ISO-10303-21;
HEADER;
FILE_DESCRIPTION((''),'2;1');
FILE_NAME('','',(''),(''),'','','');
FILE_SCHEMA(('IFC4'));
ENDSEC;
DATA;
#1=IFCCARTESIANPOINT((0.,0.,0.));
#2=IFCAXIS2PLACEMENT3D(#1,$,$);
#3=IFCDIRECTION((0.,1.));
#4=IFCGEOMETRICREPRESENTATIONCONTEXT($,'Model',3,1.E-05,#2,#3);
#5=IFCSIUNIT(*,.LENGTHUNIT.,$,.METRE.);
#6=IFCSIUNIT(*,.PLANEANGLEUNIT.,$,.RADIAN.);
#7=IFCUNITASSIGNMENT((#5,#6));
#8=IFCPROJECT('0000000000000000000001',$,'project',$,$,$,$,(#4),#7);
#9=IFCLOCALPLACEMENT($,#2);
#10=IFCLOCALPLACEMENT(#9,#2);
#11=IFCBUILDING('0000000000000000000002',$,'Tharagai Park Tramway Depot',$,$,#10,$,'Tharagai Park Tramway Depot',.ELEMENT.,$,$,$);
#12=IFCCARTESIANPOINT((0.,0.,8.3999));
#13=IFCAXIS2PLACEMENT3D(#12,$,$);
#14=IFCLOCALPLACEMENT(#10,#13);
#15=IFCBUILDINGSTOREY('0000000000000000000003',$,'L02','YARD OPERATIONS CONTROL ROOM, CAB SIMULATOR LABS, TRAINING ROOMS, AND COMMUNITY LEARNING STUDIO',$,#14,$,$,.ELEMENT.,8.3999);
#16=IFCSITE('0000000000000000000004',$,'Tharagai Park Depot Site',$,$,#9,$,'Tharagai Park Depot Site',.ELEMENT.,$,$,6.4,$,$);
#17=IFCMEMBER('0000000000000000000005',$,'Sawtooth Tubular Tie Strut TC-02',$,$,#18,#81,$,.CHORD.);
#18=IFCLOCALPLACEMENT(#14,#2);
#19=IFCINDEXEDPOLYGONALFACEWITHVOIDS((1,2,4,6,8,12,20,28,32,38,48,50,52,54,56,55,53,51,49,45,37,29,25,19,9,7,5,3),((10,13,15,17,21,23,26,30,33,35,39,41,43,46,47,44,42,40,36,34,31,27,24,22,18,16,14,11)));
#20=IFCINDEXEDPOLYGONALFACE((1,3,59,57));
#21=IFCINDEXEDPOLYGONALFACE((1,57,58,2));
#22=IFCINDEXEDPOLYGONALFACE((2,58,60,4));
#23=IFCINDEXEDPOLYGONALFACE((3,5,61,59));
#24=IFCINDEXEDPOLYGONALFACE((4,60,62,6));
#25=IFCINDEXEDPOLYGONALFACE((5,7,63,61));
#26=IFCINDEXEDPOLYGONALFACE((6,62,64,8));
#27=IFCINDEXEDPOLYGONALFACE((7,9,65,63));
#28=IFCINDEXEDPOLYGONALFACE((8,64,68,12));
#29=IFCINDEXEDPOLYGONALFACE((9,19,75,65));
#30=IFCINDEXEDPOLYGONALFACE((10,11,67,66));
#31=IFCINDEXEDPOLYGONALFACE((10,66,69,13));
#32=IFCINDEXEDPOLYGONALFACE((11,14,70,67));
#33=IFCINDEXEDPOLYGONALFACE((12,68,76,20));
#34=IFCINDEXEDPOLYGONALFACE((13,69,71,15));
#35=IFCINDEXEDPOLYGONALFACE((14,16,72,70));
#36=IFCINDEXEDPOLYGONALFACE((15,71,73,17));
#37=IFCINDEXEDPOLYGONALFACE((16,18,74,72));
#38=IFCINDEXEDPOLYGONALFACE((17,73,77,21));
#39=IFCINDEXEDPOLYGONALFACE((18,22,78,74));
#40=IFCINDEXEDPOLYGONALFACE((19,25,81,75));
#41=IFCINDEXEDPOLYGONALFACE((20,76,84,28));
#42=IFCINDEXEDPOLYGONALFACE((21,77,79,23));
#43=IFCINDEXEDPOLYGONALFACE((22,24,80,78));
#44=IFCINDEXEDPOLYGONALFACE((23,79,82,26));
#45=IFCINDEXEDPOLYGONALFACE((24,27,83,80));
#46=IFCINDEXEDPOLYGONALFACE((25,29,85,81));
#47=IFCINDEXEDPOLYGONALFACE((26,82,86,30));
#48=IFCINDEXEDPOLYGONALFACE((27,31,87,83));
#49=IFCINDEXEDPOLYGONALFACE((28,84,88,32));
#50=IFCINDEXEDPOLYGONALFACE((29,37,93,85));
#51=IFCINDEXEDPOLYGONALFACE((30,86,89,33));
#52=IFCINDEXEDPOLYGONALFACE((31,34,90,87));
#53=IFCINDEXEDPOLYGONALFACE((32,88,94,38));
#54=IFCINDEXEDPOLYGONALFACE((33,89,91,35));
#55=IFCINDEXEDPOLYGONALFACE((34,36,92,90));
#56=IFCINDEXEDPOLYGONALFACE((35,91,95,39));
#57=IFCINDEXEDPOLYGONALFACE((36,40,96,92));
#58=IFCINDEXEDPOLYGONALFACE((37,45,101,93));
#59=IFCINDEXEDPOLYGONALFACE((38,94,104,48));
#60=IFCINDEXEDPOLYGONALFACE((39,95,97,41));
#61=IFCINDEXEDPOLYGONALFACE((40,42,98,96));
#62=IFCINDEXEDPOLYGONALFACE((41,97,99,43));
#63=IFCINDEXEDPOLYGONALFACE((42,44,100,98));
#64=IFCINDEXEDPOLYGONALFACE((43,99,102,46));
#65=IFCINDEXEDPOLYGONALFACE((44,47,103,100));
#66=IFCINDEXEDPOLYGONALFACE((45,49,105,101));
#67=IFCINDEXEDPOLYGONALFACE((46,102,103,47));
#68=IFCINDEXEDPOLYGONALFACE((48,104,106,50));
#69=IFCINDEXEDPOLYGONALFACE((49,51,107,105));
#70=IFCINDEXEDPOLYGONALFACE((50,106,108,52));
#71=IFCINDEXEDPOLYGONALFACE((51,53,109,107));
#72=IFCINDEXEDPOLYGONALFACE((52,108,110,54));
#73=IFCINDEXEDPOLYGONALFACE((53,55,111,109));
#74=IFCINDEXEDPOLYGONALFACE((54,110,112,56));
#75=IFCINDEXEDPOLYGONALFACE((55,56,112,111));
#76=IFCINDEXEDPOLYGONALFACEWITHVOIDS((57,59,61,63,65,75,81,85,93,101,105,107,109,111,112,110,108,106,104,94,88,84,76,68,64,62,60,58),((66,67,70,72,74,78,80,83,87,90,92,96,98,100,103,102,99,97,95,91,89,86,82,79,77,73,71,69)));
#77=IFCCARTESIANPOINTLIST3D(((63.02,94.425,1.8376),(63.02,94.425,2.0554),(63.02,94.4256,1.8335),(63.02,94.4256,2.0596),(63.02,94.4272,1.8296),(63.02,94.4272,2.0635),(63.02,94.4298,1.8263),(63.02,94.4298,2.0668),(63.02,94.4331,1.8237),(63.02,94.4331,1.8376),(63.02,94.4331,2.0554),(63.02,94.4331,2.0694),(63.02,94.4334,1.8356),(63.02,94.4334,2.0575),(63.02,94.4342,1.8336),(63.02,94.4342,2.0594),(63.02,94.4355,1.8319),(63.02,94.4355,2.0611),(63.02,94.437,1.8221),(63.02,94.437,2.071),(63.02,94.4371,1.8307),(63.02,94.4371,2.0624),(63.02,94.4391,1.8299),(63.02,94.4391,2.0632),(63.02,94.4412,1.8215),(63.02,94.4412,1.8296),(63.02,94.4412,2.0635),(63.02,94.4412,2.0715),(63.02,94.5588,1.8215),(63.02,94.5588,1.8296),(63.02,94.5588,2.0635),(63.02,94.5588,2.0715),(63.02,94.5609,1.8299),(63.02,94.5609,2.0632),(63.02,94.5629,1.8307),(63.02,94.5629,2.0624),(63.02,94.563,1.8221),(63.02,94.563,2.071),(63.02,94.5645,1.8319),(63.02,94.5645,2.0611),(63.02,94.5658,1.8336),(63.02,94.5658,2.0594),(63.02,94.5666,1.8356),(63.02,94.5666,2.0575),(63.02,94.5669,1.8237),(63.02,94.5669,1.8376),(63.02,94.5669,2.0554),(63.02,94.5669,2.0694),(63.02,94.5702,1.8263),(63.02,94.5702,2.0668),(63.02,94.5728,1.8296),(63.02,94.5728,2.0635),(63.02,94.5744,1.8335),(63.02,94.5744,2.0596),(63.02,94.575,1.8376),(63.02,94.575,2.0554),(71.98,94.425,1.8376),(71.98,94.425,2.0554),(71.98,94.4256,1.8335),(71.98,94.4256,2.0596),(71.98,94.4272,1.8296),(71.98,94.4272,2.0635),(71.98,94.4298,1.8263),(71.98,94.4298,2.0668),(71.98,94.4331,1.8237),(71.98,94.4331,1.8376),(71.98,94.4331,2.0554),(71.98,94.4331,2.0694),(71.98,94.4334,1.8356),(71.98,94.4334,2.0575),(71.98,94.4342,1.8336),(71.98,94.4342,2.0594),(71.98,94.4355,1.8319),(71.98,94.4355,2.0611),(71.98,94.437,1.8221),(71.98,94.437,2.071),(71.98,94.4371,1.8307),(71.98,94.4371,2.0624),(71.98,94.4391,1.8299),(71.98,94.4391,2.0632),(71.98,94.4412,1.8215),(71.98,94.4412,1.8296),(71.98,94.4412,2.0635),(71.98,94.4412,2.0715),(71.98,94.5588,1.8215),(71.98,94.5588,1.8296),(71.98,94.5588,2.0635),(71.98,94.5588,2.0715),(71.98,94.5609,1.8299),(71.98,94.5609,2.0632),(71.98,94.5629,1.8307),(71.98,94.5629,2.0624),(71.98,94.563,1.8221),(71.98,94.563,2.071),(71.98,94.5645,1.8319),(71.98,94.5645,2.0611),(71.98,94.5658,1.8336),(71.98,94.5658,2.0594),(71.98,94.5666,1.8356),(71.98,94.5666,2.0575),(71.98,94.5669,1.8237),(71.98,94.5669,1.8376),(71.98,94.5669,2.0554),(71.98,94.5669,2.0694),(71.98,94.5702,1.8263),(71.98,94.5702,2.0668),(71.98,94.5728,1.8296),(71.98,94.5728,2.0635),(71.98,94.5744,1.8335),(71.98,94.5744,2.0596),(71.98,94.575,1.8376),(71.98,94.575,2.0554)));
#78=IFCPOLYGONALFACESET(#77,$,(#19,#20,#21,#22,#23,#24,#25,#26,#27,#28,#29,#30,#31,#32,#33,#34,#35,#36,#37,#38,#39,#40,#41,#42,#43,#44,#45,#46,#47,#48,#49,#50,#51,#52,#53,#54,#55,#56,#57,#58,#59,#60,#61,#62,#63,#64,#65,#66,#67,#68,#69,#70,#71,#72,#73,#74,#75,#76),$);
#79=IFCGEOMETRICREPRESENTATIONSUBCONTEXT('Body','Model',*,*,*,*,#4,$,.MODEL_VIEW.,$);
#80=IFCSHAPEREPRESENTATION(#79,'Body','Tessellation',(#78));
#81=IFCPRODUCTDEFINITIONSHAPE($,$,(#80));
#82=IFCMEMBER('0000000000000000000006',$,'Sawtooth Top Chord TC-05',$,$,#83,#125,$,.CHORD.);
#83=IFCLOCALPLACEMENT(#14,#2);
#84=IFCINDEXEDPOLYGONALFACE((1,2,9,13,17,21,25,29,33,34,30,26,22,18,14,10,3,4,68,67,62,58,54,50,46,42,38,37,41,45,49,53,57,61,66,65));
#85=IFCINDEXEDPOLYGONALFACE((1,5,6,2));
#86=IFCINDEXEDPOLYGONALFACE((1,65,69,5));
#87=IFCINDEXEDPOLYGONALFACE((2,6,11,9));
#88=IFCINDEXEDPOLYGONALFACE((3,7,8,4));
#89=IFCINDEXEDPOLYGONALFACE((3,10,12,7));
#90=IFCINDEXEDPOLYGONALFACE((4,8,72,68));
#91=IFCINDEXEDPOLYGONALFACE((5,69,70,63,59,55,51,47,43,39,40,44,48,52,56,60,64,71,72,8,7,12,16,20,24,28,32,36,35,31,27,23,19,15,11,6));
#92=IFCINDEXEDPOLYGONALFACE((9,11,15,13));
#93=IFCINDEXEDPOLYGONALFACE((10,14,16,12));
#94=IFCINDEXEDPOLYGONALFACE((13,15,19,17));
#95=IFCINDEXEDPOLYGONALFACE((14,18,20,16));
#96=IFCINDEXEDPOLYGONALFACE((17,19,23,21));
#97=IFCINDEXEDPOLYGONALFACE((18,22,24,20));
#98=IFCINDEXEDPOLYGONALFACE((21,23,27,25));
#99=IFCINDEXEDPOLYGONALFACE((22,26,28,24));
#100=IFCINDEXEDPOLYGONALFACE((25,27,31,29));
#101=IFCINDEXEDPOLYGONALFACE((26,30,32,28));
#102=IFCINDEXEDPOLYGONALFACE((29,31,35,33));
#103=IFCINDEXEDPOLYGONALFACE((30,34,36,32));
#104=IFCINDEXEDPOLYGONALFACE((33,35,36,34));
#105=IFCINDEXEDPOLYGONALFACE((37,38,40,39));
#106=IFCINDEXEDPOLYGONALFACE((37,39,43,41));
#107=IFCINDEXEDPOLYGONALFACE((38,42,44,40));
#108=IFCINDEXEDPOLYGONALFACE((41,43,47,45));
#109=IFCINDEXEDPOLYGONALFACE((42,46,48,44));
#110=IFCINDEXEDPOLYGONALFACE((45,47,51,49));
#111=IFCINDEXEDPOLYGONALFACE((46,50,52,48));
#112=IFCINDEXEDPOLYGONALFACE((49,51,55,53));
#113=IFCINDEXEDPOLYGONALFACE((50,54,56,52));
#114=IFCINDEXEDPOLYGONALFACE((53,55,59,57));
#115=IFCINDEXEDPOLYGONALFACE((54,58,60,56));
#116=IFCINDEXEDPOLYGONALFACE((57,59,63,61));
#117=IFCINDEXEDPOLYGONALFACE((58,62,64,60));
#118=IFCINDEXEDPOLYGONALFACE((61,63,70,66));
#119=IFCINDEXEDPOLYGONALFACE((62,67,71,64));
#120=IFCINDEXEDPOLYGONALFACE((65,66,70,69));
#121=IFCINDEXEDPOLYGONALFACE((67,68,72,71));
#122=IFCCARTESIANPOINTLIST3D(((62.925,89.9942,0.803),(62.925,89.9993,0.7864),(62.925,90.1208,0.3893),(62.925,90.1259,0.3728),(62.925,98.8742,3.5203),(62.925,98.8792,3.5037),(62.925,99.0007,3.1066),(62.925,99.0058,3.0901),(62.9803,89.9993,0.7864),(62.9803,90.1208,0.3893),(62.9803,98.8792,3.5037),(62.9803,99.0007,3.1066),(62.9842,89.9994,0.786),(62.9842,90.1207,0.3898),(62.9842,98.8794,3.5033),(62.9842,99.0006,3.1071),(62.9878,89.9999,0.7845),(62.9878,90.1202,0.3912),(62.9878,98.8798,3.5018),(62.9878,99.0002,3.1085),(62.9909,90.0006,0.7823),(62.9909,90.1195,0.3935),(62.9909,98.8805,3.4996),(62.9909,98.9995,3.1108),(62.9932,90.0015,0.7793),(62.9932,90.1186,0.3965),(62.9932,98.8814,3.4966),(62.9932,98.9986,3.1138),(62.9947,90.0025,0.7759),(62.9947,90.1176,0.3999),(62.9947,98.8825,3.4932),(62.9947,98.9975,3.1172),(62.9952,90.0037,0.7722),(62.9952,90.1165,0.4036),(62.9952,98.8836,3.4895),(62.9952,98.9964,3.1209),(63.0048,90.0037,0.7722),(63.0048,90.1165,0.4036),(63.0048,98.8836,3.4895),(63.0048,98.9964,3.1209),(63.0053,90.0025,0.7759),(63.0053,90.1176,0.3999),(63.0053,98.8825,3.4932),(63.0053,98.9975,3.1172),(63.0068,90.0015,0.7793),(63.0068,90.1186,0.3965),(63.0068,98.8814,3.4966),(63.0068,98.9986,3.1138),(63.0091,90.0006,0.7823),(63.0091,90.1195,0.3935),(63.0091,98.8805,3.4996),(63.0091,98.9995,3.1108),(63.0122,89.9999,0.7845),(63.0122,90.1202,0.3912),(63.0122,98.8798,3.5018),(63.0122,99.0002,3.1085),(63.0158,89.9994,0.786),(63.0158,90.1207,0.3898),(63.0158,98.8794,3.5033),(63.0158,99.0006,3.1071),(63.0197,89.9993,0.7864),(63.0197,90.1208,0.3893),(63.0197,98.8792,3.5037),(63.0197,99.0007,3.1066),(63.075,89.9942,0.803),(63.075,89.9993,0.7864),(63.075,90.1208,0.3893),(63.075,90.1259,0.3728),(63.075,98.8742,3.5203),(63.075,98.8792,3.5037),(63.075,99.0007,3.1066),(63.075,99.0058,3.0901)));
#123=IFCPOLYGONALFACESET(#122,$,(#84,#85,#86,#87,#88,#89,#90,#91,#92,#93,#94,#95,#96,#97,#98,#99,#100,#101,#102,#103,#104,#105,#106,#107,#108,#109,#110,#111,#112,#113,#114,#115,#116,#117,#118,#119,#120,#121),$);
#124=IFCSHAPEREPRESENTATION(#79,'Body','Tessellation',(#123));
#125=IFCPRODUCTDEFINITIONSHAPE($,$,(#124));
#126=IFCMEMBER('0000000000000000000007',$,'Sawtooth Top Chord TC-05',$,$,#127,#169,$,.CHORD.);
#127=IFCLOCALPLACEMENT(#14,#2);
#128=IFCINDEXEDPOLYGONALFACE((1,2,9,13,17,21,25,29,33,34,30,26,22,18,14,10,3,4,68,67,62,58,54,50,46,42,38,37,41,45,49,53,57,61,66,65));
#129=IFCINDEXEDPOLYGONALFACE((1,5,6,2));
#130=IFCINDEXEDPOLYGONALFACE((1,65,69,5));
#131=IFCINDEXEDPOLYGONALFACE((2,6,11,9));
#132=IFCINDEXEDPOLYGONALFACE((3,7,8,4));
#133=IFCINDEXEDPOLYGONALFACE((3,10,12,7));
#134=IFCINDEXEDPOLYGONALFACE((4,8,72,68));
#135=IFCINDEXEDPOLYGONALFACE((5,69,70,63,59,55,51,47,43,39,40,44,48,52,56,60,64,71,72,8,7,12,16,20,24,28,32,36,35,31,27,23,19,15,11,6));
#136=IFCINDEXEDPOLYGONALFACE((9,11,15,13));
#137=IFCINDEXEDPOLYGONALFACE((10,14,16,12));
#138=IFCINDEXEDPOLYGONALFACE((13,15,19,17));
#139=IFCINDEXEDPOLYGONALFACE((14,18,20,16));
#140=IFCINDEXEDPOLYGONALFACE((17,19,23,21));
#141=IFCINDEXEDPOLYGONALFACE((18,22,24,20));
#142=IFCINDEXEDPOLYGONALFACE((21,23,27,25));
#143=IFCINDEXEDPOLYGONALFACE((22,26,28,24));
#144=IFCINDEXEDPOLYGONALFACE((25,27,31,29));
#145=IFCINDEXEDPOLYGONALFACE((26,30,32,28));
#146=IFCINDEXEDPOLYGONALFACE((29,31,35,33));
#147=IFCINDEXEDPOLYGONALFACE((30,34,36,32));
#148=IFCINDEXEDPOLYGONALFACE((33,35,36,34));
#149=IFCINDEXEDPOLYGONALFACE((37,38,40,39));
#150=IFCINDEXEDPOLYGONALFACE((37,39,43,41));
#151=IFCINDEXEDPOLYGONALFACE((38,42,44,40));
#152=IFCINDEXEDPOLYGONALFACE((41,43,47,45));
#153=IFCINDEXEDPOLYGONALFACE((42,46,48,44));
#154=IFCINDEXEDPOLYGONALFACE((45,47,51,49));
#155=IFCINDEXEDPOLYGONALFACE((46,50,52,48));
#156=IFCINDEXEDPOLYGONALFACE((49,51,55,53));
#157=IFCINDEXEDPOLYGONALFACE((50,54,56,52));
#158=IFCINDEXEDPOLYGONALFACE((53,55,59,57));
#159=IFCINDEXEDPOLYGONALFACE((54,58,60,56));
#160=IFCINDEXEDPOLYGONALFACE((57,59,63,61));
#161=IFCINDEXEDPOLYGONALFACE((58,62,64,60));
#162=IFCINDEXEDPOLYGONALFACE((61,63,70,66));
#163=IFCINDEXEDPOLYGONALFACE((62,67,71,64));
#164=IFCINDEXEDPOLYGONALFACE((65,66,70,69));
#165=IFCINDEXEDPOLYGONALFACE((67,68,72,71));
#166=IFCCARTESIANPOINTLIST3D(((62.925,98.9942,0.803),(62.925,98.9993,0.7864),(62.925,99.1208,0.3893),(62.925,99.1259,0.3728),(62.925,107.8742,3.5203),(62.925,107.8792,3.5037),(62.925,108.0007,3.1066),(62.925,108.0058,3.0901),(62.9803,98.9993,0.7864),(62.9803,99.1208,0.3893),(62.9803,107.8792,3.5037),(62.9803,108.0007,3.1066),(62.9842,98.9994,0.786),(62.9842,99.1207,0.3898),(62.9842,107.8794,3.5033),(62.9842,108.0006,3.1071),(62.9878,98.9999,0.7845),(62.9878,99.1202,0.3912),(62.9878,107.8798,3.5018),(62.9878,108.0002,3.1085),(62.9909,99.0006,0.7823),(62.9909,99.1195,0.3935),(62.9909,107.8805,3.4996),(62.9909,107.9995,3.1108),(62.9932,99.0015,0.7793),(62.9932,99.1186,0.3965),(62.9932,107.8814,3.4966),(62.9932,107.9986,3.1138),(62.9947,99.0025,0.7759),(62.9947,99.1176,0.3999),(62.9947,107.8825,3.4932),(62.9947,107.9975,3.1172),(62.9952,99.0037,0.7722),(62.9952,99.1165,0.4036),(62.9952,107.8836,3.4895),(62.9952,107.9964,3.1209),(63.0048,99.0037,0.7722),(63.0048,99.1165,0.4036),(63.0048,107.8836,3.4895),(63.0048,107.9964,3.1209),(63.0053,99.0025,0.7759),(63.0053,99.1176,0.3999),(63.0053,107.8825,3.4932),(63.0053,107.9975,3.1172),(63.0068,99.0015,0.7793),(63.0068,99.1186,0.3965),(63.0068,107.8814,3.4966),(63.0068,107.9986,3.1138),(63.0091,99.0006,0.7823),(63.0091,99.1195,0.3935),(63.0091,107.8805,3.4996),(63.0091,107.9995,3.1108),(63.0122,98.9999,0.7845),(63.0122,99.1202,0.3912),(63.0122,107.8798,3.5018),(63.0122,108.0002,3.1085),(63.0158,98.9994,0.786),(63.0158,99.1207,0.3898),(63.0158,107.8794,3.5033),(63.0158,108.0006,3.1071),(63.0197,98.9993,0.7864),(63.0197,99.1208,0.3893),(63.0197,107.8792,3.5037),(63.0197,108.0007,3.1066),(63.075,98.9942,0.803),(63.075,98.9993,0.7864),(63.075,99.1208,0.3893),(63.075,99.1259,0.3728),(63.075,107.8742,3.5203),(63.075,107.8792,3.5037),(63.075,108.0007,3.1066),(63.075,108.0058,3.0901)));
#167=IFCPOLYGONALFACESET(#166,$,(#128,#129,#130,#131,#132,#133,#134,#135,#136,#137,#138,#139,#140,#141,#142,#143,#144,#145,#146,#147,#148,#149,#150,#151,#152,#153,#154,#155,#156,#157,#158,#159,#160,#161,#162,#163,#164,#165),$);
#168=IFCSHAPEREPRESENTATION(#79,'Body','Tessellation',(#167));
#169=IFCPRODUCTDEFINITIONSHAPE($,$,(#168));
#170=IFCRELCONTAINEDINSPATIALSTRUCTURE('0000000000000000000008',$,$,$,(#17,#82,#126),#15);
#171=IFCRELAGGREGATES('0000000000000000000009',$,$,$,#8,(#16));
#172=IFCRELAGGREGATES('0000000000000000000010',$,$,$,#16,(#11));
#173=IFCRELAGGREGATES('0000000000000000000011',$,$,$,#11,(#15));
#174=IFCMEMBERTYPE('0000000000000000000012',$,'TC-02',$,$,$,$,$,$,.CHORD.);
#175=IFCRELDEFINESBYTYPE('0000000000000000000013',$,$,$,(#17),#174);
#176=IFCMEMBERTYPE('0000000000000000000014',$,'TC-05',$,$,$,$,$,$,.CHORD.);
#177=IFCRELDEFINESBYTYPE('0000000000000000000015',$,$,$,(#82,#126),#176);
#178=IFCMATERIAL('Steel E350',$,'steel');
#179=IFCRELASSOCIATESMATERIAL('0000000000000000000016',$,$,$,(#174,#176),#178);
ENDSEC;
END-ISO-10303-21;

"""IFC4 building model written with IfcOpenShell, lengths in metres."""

from ifc_helpers import new_model, si_unit, direction, frame, origin, origin_2d, place, context, subcontext, project, spatial, hollow_rectangle, i_section, extrude, material, material_profile, profile_set, type_object, element, save


model = new_model("IFC4")

# Units and contexts
model_context = context("Model", 3, precision=1e-05, world=origin(), true_north=direction((0.0, 1.0)))
body_context = subcontext(model_context, "Body", "Model", "MODEL_VIEW")
ifc_project = project(units=[si_unit("LENGTHUNIT", "METRE"), si_unit("PLANEANGLEUNIT", "RADIAN")], contexts=[model_context])

# Site, building, storey
site_placement = place(None, origin())
site = spatial("IfcSite", under=ifc_project, at=site_placement, Name="Tharagai Park Depot Site", LongName="Tharagai Park Depot Site", CompositionType="ELEMENT", RefElevation=6.4)
building_placement = place(site_placement, origin())
building = spatial("IfcBuilding", under=site, at=building_placement, Name="Tharagai Park Tramway Depot", LongName="Tharagai Park Tramway Depot", CompositionType="ELEMENT")
storey_placement = place(building_placement, frame((0.0, 0.0, 8.3999)))
storey = spatial("IfcBuildingStorey", under=building, at=storey_placement, Name="L02", Description="YARD OPERATIONS CONTROL ROOM, CAB SIMULATOR LABS, TRAINING ROOMS, AND COMMUNITY LEARNING STUDIO", CompositionType="ELEMENT", Elevation=8.3999)

# Shared definitions
ifc_material_1 = material(Name="Steel E350", Category="steel")

# Members
ifc_material_profile_1 = material_profile(ifc_material_1, hollow_rectangle(XDim=0.1499, YDim=0.25, WallThickness=0.0081, InnerFilletRadius=0.0081, OuterFilletRadius=0.0161, at=origin_2d()), Name="RHS 250x150x8")
ifc_profile_set_1 = profile_set([ifc_material_profile_1], Name="Steel E350")
member_type_1 = type_object("IfcMemberType", Name="TC-02", PredefinedType="CHORD", material=ifc_profile_set_1)
member_1_placement = place(storey_placement, frame((63.02, 94.5, 1.9465), z_axis=(1.0, 0.0, 0.0), x_axis=(0.0, 1.0, 0.0)))
element("IfcMember", 1, at=member_1_placement, inside=storey, type_object=member_type_1, Name="Sawtooth Tubular Tie Strut TC-02", PredefinedType="CHORD", context=body_context, shape_type="SweptSolid", body=[
    extrude(hollow_rectangle(XDim=0.1499, YDim=0.25, WallThickness=0.0081, InnerFilletRadius=0.0081, OuterFilletRadius=0.0161, at=origin_2d()), origin(), (0.0, 0.0, 1.0), 8.96),
])
ifc_material_profile_2 = material_profile(ifc_material_1, i_section(OverallWidth=0.1499, OverallDepth=0.45, WebThickness=0.0095, FlangeThickness=0.0173, FilletRadius=0.0149, at=origin_2d()), Name="ISMB 450")
ifc_profile_set_2 = profile_set([ifc_material_profile_2], Name="Steel E350")
member_type_2 = type_object("IfcMemberType", Name="TC-05", PredefinedType="CHORD", material=ifc_profile_set_2)
for number, where, z_axis, x_axis, name in (
    (2, (63.0, 90.0601, 0.5879), (0.0, 0.956231, 0.292611), (-1.0, 0.0, 0.0), "Sawtooth Top Chord TC-05"),
    (3, (63.0, 99.0601, 0.5879), (0.0, 0.956231, 0.292611), (-1.0, 0.0, 0.0), "Sawtooth Top Chord TC-05"),
):
    element("IfcMember", number, at=place(storey_placement, frame(where, z_axis=z_axis, x_axis=x_axis)), inside=storey, type_object=member_type_2, Name=name, PredefinedType="CHORD", context=body_context, shape_type="SweptSolid", body=[
        extrude(i_section(OverallWidth=0.1499, OverallDepth=0.45, WebThickness=0.0095, FlangeThickness=0.0173, FilletRadius=0.0149, at=origin_2d()), origin(), (0.0, 0.0, 1.0), 9.2864),
    ])

save(model, "model.ifc")
